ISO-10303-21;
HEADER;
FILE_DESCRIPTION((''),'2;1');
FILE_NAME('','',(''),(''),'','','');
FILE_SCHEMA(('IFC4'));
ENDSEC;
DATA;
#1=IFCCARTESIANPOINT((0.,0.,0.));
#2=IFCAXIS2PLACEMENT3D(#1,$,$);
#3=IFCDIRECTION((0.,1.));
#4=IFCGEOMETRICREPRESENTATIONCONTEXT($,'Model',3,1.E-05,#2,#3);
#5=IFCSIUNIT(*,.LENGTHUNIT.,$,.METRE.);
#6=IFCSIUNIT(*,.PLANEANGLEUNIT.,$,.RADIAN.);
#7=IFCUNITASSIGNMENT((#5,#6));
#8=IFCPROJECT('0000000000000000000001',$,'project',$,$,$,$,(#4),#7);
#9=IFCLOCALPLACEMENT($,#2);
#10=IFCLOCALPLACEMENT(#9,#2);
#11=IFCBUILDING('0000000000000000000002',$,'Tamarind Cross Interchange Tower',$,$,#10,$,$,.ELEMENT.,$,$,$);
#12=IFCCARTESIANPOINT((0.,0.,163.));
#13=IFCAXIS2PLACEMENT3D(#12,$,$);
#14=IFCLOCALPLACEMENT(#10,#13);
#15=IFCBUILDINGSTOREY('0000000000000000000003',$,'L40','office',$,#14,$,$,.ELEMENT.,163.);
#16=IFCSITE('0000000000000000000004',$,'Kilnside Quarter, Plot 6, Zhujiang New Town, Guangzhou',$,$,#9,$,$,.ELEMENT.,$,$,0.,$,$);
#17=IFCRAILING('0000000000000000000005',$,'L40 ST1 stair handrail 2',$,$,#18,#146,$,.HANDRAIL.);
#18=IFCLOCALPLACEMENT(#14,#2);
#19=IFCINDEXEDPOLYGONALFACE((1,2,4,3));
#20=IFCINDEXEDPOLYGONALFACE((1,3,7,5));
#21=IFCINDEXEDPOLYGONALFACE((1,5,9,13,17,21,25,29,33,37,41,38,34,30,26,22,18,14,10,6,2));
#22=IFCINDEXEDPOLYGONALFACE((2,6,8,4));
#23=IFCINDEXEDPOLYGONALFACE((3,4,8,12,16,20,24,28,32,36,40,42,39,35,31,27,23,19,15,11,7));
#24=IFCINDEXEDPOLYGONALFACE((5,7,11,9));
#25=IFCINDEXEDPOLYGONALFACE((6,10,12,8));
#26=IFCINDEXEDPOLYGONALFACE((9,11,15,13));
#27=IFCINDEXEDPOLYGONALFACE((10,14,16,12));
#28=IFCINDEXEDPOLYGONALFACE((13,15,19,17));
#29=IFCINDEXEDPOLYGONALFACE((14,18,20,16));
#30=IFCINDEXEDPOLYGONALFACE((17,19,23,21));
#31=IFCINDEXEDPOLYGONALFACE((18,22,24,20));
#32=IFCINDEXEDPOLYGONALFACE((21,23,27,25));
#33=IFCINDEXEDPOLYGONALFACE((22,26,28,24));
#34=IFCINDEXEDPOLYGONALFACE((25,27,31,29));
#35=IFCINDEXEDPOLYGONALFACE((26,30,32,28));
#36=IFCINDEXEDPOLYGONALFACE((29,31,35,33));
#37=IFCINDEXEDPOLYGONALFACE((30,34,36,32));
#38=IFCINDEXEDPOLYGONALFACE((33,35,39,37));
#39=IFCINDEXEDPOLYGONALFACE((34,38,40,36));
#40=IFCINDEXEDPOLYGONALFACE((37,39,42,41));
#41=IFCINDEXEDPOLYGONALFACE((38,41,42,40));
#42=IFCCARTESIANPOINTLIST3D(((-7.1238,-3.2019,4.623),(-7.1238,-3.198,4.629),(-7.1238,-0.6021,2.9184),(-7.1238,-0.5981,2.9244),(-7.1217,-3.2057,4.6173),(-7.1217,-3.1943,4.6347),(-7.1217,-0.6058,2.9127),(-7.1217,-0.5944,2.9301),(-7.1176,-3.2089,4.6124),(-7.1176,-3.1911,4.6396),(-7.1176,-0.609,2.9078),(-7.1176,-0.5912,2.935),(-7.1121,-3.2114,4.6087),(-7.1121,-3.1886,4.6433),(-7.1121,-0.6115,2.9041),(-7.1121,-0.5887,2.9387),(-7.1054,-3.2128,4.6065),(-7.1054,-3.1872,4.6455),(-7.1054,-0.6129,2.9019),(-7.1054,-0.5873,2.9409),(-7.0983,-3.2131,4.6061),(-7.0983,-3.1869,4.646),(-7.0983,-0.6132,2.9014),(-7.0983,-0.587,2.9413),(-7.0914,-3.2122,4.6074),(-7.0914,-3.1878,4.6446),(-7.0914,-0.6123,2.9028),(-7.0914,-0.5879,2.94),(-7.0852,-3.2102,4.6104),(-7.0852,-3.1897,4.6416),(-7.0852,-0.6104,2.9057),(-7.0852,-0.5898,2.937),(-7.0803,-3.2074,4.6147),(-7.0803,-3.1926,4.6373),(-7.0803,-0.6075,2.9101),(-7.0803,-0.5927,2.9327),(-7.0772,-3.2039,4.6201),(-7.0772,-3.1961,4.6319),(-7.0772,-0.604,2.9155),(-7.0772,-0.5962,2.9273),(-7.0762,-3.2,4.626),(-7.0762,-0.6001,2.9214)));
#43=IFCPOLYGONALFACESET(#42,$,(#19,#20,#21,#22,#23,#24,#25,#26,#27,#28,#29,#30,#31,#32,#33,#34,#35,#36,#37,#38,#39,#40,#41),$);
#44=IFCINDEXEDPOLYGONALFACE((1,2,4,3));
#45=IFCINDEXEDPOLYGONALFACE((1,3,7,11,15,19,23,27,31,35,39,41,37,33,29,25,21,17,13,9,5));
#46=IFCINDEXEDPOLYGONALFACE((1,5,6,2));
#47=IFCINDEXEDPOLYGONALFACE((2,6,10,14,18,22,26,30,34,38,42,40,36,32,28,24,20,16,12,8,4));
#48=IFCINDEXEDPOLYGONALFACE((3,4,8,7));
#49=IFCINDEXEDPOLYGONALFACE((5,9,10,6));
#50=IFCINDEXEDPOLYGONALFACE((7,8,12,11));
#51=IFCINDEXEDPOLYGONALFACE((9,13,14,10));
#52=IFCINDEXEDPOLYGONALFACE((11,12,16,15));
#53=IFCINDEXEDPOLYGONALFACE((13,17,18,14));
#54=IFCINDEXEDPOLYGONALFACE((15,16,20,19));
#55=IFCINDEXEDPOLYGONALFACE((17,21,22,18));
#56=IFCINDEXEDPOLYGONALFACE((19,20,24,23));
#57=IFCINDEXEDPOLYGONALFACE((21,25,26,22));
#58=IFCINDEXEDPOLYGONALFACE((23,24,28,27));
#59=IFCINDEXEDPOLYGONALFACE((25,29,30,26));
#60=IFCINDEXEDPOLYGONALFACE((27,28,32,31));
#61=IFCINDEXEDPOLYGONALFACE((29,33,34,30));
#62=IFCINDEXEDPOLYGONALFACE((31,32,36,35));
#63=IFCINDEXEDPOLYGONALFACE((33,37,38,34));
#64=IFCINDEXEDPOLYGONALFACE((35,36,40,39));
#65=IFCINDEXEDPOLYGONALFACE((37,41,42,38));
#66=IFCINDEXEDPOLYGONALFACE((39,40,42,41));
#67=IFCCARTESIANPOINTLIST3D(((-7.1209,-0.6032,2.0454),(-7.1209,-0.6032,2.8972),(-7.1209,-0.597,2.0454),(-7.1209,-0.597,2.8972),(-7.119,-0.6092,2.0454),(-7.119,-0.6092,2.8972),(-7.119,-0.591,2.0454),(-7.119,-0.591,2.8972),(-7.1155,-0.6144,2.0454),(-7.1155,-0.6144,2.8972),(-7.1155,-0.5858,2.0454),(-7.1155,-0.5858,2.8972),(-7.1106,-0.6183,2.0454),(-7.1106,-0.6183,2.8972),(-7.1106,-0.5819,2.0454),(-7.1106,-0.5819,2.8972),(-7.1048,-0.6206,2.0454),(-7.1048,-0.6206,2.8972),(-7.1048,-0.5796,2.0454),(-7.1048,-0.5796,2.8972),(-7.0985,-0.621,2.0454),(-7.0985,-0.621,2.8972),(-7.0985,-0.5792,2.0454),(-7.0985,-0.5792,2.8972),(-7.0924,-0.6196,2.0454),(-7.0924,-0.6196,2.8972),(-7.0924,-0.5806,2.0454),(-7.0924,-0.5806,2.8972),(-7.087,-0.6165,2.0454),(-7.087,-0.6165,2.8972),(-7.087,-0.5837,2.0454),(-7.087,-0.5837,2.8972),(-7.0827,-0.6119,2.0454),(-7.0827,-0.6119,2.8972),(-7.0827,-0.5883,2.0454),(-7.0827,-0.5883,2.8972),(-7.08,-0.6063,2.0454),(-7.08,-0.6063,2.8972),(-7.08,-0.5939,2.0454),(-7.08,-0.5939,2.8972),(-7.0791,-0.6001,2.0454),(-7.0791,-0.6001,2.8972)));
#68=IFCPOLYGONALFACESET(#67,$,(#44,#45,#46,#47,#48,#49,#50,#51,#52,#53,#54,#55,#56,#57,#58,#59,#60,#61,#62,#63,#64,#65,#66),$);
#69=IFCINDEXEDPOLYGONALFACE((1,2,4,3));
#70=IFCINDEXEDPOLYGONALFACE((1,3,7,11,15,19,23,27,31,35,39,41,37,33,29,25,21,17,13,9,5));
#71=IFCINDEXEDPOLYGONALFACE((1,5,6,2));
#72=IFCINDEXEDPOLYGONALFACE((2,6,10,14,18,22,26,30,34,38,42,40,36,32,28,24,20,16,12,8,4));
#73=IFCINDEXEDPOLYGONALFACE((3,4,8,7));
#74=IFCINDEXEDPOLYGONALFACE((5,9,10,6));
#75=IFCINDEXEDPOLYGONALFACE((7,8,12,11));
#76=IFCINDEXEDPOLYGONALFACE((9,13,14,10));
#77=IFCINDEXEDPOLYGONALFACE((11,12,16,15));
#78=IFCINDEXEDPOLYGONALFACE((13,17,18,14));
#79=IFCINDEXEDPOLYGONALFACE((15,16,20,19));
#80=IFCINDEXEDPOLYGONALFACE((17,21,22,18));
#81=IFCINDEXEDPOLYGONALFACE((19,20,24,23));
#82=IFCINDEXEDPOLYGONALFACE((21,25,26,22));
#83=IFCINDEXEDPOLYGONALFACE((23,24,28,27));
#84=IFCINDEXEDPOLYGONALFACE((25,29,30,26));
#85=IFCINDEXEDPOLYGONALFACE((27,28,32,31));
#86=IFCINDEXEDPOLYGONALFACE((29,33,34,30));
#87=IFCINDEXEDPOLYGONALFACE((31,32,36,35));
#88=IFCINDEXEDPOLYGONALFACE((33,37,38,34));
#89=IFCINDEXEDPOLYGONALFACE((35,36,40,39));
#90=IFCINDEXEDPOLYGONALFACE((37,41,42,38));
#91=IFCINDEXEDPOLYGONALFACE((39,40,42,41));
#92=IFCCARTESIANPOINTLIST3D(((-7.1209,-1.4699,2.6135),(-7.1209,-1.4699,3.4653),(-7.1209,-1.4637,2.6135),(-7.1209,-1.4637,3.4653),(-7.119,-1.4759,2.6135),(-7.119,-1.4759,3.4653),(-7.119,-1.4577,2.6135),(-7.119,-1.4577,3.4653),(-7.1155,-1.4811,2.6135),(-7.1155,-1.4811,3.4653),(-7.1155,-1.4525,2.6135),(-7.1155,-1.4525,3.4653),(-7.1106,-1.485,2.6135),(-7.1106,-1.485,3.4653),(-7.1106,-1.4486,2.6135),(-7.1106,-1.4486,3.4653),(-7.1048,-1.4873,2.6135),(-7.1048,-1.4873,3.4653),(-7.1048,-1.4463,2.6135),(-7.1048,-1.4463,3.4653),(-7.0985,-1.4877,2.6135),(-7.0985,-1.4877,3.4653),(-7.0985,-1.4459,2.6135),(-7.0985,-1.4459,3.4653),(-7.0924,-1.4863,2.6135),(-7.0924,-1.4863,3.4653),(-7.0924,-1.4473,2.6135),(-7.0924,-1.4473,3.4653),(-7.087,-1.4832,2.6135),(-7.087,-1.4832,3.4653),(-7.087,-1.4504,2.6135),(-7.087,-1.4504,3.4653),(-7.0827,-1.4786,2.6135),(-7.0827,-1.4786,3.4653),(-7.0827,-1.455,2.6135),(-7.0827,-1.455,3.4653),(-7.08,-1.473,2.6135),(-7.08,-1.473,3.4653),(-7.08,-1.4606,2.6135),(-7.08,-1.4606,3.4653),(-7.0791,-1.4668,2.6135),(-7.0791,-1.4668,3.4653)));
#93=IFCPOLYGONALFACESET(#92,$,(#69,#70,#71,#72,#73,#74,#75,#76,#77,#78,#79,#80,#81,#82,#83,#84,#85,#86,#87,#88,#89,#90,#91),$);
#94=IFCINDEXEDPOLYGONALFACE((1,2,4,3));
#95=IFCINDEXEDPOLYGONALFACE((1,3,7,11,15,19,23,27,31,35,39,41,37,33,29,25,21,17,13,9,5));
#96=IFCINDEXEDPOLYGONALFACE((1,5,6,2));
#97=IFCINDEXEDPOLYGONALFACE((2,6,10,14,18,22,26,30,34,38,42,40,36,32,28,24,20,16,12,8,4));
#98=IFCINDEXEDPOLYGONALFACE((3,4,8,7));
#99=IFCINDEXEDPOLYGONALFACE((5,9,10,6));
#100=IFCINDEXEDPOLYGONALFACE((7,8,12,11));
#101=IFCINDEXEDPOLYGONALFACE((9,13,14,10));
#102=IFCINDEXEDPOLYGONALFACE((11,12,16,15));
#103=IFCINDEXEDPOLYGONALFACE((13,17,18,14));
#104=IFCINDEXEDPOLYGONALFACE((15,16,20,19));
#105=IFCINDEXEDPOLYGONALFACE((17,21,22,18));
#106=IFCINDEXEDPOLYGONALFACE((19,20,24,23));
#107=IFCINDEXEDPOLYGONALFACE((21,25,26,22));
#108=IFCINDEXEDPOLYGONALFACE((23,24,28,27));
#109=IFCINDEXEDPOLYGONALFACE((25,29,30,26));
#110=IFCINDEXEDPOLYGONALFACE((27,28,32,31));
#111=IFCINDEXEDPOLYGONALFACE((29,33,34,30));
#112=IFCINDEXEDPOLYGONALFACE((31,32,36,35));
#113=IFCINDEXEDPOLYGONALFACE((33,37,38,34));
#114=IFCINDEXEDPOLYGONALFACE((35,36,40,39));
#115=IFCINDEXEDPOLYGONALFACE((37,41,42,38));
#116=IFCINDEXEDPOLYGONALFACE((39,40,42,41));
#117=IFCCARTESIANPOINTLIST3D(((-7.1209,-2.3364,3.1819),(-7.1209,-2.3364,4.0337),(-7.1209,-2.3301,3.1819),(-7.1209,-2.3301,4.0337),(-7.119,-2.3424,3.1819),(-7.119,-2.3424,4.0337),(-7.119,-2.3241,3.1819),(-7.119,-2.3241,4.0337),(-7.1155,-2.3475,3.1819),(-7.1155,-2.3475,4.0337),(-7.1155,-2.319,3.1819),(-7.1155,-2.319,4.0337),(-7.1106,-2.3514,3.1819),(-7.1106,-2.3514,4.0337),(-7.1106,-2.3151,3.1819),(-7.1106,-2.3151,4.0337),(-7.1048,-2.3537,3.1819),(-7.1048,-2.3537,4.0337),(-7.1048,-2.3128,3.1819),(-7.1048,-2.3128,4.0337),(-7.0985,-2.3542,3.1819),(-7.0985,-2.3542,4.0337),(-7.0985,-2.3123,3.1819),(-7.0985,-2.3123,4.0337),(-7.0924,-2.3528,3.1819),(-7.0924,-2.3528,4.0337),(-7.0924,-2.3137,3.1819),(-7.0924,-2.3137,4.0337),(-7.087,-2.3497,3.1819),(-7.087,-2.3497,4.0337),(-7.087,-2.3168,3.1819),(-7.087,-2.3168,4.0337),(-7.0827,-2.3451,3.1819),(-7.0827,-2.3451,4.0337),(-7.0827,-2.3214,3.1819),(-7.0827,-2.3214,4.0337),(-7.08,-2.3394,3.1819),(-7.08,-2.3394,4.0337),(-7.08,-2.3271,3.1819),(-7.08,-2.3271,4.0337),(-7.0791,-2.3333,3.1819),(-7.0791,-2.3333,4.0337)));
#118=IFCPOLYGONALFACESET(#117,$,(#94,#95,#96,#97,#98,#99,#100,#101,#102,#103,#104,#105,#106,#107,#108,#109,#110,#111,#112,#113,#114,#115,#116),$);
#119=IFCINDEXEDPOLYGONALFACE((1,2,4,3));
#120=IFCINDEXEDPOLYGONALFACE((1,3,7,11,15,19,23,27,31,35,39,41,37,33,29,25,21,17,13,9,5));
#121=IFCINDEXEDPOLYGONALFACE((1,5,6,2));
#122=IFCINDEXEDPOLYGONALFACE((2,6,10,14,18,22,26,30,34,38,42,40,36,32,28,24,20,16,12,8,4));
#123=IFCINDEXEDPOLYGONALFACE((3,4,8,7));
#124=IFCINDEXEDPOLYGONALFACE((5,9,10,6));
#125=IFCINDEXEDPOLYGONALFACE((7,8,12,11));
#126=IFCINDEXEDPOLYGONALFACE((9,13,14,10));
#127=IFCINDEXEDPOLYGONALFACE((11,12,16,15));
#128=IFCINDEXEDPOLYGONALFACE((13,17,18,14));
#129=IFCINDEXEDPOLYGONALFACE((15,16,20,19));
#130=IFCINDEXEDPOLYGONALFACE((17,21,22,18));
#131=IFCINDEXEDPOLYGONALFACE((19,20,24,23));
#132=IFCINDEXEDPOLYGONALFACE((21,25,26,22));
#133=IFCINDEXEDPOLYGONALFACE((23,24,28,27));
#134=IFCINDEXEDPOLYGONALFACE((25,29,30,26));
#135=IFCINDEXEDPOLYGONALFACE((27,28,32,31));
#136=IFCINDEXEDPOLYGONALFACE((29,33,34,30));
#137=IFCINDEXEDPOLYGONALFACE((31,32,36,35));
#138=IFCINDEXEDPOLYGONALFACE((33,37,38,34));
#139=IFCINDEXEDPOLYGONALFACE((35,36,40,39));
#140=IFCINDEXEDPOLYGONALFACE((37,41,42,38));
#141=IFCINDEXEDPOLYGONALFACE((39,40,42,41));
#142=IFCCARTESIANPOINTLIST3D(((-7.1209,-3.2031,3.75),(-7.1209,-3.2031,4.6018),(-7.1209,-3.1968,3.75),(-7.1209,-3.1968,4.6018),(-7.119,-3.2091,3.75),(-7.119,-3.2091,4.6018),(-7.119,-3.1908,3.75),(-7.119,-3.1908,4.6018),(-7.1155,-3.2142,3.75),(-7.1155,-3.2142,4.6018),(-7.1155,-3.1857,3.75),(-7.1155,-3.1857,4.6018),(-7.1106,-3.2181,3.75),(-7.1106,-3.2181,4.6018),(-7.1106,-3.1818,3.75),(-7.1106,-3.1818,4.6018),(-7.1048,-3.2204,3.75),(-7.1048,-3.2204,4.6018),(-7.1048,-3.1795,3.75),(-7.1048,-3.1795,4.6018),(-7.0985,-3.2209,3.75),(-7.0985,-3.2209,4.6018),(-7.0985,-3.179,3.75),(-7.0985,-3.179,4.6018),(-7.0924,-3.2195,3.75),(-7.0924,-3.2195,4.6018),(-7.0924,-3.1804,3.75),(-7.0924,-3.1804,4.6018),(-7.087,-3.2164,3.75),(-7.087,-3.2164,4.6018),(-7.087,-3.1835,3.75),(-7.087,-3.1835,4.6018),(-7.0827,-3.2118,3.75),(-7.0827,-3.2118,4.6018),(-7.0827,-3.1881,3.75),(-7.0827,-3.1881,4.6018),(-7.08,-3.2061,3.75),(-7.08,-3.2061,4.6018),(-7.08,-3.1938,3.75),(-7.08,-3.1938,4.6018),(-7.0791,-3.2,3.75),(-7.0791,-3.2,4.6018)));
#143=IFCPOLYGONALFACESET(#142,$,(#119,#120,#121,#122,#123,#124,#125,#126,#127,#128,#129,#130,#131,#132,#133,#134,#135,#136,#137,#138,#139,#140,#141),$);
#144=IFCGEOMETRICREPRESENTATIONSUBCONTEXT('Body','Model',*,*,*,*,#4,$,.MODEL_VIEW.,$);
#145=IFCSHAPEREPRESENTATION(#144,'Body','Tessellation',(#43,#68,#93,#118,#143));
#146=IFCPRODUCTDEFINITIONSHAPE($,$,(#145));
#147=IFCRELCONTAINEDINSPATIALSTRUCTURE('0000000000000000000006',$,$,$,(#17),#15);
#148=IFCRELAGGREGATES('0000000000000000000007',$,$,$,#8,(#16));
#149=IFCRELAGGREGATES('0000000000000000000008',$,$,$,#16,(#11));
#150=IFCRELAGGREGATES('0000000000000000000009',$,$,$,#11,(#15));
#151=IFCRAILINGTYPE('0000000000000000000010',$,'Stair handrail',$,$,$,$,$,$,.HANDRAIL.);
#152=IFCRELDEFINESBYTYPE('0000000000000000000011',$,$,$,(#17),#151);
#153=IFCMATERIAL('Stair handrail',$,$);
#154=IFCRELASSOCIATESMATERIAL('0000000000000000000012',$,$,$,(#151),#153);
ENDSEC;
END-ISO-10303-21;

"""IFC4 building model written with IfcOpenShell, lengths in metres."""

from ifc_helpers import new_model, si_unit, direction, frame, origin, origin_2d, place, context, subcontext, project, spatial, circle, extrude, material, type_object, element, save


model = new_model("IFC4")

# Units and contexts
model_context = context("Model", 3, precision=1e-05, world=origin(), true_north=direction((0.0, 1.0)))
body_context = subcontext(model_context, "Body", "Model", "MODEL_VIEW")
ifc_project = project(units=[si_unit("LENGTHUNIT", "METRE"), si_unit("PLANEANGLEUNIT", "RADIAN")], contexts=[model_context])

# Site, building, storey
site_placement = place(None, origin())
site = spatial("IfcSite", under=ifc_project, at=site_placement, Name="Kilnside Quarter, Plot 6, Zhujiang New Town, Guangzhou", CompositionType="ELEMENT", RefElevation=0.0)
building_placement = place(site_placement, origin())
building = spatial("IfcBuilding", under=site, at=building_placement, Name="Tamarind Cross Interchange Tower", CompositionType="ELEMENT")
storey_placement = place(building_placement, frame((0.0, 0.0, 163.0)))
storey = spatial("IfcBuildingStorey", under=building, at=storey_placement, Name="L40", Description="office", CompositionType="ELEMENT", Elevation=163.0)

# Railing
ifc_material_1 = material(Name="Stair handrail")
railing_type_1 = type_object("IfcRailingType", Name="Stair handrail", PredefinedType="HANDRAIL", material=ifc_material_1)
railing_1_placement = place(storey_placement, frame((-7.1001, -0.6001, 2.0454)))
element("IfcRailing", 1, at=railing_1_placement, inside=storey, type_object=railing_type_1, Name="L40 ST1 stair handrail 2", PredefinedType="HANDRAIL", context=body_context, shape_type="SweptSolid", body=[
    extrude(circle(Radius=0.0239, at=origin_2d()), frame((0.0, 0.0, 0.876), z_axis=(0.0, -0.836279, 0.548305), x_axis=(1.0, 0.0, 0.0)), (0.0, 0.0, 1.0), 3.1089),
    extrude(circle(Radius=0.021, at=origin_2d()), origin(), (0.0, 0.0, 1.0), 0.8518),
    extrude(circle(Radius=0.021, at=origin_2d()), frame((0.0, -0.8667, 0.5681)), (0.0, 0.0, 1.0), 0.8518),
    extrude(circle(Radius=0.021, at=origin_2d()), frame((0.0, -1.7332, 1.1365)), (0.0, 0.0, 1.0), 0.8518),
    extrude(circle(Radius=0.021, at=origin_2d()), frame((0.0, -2.5999, 1.7046)), (0.0, 0.0, 1.0), 0.8518),
])

save(model, "model.ifc")
